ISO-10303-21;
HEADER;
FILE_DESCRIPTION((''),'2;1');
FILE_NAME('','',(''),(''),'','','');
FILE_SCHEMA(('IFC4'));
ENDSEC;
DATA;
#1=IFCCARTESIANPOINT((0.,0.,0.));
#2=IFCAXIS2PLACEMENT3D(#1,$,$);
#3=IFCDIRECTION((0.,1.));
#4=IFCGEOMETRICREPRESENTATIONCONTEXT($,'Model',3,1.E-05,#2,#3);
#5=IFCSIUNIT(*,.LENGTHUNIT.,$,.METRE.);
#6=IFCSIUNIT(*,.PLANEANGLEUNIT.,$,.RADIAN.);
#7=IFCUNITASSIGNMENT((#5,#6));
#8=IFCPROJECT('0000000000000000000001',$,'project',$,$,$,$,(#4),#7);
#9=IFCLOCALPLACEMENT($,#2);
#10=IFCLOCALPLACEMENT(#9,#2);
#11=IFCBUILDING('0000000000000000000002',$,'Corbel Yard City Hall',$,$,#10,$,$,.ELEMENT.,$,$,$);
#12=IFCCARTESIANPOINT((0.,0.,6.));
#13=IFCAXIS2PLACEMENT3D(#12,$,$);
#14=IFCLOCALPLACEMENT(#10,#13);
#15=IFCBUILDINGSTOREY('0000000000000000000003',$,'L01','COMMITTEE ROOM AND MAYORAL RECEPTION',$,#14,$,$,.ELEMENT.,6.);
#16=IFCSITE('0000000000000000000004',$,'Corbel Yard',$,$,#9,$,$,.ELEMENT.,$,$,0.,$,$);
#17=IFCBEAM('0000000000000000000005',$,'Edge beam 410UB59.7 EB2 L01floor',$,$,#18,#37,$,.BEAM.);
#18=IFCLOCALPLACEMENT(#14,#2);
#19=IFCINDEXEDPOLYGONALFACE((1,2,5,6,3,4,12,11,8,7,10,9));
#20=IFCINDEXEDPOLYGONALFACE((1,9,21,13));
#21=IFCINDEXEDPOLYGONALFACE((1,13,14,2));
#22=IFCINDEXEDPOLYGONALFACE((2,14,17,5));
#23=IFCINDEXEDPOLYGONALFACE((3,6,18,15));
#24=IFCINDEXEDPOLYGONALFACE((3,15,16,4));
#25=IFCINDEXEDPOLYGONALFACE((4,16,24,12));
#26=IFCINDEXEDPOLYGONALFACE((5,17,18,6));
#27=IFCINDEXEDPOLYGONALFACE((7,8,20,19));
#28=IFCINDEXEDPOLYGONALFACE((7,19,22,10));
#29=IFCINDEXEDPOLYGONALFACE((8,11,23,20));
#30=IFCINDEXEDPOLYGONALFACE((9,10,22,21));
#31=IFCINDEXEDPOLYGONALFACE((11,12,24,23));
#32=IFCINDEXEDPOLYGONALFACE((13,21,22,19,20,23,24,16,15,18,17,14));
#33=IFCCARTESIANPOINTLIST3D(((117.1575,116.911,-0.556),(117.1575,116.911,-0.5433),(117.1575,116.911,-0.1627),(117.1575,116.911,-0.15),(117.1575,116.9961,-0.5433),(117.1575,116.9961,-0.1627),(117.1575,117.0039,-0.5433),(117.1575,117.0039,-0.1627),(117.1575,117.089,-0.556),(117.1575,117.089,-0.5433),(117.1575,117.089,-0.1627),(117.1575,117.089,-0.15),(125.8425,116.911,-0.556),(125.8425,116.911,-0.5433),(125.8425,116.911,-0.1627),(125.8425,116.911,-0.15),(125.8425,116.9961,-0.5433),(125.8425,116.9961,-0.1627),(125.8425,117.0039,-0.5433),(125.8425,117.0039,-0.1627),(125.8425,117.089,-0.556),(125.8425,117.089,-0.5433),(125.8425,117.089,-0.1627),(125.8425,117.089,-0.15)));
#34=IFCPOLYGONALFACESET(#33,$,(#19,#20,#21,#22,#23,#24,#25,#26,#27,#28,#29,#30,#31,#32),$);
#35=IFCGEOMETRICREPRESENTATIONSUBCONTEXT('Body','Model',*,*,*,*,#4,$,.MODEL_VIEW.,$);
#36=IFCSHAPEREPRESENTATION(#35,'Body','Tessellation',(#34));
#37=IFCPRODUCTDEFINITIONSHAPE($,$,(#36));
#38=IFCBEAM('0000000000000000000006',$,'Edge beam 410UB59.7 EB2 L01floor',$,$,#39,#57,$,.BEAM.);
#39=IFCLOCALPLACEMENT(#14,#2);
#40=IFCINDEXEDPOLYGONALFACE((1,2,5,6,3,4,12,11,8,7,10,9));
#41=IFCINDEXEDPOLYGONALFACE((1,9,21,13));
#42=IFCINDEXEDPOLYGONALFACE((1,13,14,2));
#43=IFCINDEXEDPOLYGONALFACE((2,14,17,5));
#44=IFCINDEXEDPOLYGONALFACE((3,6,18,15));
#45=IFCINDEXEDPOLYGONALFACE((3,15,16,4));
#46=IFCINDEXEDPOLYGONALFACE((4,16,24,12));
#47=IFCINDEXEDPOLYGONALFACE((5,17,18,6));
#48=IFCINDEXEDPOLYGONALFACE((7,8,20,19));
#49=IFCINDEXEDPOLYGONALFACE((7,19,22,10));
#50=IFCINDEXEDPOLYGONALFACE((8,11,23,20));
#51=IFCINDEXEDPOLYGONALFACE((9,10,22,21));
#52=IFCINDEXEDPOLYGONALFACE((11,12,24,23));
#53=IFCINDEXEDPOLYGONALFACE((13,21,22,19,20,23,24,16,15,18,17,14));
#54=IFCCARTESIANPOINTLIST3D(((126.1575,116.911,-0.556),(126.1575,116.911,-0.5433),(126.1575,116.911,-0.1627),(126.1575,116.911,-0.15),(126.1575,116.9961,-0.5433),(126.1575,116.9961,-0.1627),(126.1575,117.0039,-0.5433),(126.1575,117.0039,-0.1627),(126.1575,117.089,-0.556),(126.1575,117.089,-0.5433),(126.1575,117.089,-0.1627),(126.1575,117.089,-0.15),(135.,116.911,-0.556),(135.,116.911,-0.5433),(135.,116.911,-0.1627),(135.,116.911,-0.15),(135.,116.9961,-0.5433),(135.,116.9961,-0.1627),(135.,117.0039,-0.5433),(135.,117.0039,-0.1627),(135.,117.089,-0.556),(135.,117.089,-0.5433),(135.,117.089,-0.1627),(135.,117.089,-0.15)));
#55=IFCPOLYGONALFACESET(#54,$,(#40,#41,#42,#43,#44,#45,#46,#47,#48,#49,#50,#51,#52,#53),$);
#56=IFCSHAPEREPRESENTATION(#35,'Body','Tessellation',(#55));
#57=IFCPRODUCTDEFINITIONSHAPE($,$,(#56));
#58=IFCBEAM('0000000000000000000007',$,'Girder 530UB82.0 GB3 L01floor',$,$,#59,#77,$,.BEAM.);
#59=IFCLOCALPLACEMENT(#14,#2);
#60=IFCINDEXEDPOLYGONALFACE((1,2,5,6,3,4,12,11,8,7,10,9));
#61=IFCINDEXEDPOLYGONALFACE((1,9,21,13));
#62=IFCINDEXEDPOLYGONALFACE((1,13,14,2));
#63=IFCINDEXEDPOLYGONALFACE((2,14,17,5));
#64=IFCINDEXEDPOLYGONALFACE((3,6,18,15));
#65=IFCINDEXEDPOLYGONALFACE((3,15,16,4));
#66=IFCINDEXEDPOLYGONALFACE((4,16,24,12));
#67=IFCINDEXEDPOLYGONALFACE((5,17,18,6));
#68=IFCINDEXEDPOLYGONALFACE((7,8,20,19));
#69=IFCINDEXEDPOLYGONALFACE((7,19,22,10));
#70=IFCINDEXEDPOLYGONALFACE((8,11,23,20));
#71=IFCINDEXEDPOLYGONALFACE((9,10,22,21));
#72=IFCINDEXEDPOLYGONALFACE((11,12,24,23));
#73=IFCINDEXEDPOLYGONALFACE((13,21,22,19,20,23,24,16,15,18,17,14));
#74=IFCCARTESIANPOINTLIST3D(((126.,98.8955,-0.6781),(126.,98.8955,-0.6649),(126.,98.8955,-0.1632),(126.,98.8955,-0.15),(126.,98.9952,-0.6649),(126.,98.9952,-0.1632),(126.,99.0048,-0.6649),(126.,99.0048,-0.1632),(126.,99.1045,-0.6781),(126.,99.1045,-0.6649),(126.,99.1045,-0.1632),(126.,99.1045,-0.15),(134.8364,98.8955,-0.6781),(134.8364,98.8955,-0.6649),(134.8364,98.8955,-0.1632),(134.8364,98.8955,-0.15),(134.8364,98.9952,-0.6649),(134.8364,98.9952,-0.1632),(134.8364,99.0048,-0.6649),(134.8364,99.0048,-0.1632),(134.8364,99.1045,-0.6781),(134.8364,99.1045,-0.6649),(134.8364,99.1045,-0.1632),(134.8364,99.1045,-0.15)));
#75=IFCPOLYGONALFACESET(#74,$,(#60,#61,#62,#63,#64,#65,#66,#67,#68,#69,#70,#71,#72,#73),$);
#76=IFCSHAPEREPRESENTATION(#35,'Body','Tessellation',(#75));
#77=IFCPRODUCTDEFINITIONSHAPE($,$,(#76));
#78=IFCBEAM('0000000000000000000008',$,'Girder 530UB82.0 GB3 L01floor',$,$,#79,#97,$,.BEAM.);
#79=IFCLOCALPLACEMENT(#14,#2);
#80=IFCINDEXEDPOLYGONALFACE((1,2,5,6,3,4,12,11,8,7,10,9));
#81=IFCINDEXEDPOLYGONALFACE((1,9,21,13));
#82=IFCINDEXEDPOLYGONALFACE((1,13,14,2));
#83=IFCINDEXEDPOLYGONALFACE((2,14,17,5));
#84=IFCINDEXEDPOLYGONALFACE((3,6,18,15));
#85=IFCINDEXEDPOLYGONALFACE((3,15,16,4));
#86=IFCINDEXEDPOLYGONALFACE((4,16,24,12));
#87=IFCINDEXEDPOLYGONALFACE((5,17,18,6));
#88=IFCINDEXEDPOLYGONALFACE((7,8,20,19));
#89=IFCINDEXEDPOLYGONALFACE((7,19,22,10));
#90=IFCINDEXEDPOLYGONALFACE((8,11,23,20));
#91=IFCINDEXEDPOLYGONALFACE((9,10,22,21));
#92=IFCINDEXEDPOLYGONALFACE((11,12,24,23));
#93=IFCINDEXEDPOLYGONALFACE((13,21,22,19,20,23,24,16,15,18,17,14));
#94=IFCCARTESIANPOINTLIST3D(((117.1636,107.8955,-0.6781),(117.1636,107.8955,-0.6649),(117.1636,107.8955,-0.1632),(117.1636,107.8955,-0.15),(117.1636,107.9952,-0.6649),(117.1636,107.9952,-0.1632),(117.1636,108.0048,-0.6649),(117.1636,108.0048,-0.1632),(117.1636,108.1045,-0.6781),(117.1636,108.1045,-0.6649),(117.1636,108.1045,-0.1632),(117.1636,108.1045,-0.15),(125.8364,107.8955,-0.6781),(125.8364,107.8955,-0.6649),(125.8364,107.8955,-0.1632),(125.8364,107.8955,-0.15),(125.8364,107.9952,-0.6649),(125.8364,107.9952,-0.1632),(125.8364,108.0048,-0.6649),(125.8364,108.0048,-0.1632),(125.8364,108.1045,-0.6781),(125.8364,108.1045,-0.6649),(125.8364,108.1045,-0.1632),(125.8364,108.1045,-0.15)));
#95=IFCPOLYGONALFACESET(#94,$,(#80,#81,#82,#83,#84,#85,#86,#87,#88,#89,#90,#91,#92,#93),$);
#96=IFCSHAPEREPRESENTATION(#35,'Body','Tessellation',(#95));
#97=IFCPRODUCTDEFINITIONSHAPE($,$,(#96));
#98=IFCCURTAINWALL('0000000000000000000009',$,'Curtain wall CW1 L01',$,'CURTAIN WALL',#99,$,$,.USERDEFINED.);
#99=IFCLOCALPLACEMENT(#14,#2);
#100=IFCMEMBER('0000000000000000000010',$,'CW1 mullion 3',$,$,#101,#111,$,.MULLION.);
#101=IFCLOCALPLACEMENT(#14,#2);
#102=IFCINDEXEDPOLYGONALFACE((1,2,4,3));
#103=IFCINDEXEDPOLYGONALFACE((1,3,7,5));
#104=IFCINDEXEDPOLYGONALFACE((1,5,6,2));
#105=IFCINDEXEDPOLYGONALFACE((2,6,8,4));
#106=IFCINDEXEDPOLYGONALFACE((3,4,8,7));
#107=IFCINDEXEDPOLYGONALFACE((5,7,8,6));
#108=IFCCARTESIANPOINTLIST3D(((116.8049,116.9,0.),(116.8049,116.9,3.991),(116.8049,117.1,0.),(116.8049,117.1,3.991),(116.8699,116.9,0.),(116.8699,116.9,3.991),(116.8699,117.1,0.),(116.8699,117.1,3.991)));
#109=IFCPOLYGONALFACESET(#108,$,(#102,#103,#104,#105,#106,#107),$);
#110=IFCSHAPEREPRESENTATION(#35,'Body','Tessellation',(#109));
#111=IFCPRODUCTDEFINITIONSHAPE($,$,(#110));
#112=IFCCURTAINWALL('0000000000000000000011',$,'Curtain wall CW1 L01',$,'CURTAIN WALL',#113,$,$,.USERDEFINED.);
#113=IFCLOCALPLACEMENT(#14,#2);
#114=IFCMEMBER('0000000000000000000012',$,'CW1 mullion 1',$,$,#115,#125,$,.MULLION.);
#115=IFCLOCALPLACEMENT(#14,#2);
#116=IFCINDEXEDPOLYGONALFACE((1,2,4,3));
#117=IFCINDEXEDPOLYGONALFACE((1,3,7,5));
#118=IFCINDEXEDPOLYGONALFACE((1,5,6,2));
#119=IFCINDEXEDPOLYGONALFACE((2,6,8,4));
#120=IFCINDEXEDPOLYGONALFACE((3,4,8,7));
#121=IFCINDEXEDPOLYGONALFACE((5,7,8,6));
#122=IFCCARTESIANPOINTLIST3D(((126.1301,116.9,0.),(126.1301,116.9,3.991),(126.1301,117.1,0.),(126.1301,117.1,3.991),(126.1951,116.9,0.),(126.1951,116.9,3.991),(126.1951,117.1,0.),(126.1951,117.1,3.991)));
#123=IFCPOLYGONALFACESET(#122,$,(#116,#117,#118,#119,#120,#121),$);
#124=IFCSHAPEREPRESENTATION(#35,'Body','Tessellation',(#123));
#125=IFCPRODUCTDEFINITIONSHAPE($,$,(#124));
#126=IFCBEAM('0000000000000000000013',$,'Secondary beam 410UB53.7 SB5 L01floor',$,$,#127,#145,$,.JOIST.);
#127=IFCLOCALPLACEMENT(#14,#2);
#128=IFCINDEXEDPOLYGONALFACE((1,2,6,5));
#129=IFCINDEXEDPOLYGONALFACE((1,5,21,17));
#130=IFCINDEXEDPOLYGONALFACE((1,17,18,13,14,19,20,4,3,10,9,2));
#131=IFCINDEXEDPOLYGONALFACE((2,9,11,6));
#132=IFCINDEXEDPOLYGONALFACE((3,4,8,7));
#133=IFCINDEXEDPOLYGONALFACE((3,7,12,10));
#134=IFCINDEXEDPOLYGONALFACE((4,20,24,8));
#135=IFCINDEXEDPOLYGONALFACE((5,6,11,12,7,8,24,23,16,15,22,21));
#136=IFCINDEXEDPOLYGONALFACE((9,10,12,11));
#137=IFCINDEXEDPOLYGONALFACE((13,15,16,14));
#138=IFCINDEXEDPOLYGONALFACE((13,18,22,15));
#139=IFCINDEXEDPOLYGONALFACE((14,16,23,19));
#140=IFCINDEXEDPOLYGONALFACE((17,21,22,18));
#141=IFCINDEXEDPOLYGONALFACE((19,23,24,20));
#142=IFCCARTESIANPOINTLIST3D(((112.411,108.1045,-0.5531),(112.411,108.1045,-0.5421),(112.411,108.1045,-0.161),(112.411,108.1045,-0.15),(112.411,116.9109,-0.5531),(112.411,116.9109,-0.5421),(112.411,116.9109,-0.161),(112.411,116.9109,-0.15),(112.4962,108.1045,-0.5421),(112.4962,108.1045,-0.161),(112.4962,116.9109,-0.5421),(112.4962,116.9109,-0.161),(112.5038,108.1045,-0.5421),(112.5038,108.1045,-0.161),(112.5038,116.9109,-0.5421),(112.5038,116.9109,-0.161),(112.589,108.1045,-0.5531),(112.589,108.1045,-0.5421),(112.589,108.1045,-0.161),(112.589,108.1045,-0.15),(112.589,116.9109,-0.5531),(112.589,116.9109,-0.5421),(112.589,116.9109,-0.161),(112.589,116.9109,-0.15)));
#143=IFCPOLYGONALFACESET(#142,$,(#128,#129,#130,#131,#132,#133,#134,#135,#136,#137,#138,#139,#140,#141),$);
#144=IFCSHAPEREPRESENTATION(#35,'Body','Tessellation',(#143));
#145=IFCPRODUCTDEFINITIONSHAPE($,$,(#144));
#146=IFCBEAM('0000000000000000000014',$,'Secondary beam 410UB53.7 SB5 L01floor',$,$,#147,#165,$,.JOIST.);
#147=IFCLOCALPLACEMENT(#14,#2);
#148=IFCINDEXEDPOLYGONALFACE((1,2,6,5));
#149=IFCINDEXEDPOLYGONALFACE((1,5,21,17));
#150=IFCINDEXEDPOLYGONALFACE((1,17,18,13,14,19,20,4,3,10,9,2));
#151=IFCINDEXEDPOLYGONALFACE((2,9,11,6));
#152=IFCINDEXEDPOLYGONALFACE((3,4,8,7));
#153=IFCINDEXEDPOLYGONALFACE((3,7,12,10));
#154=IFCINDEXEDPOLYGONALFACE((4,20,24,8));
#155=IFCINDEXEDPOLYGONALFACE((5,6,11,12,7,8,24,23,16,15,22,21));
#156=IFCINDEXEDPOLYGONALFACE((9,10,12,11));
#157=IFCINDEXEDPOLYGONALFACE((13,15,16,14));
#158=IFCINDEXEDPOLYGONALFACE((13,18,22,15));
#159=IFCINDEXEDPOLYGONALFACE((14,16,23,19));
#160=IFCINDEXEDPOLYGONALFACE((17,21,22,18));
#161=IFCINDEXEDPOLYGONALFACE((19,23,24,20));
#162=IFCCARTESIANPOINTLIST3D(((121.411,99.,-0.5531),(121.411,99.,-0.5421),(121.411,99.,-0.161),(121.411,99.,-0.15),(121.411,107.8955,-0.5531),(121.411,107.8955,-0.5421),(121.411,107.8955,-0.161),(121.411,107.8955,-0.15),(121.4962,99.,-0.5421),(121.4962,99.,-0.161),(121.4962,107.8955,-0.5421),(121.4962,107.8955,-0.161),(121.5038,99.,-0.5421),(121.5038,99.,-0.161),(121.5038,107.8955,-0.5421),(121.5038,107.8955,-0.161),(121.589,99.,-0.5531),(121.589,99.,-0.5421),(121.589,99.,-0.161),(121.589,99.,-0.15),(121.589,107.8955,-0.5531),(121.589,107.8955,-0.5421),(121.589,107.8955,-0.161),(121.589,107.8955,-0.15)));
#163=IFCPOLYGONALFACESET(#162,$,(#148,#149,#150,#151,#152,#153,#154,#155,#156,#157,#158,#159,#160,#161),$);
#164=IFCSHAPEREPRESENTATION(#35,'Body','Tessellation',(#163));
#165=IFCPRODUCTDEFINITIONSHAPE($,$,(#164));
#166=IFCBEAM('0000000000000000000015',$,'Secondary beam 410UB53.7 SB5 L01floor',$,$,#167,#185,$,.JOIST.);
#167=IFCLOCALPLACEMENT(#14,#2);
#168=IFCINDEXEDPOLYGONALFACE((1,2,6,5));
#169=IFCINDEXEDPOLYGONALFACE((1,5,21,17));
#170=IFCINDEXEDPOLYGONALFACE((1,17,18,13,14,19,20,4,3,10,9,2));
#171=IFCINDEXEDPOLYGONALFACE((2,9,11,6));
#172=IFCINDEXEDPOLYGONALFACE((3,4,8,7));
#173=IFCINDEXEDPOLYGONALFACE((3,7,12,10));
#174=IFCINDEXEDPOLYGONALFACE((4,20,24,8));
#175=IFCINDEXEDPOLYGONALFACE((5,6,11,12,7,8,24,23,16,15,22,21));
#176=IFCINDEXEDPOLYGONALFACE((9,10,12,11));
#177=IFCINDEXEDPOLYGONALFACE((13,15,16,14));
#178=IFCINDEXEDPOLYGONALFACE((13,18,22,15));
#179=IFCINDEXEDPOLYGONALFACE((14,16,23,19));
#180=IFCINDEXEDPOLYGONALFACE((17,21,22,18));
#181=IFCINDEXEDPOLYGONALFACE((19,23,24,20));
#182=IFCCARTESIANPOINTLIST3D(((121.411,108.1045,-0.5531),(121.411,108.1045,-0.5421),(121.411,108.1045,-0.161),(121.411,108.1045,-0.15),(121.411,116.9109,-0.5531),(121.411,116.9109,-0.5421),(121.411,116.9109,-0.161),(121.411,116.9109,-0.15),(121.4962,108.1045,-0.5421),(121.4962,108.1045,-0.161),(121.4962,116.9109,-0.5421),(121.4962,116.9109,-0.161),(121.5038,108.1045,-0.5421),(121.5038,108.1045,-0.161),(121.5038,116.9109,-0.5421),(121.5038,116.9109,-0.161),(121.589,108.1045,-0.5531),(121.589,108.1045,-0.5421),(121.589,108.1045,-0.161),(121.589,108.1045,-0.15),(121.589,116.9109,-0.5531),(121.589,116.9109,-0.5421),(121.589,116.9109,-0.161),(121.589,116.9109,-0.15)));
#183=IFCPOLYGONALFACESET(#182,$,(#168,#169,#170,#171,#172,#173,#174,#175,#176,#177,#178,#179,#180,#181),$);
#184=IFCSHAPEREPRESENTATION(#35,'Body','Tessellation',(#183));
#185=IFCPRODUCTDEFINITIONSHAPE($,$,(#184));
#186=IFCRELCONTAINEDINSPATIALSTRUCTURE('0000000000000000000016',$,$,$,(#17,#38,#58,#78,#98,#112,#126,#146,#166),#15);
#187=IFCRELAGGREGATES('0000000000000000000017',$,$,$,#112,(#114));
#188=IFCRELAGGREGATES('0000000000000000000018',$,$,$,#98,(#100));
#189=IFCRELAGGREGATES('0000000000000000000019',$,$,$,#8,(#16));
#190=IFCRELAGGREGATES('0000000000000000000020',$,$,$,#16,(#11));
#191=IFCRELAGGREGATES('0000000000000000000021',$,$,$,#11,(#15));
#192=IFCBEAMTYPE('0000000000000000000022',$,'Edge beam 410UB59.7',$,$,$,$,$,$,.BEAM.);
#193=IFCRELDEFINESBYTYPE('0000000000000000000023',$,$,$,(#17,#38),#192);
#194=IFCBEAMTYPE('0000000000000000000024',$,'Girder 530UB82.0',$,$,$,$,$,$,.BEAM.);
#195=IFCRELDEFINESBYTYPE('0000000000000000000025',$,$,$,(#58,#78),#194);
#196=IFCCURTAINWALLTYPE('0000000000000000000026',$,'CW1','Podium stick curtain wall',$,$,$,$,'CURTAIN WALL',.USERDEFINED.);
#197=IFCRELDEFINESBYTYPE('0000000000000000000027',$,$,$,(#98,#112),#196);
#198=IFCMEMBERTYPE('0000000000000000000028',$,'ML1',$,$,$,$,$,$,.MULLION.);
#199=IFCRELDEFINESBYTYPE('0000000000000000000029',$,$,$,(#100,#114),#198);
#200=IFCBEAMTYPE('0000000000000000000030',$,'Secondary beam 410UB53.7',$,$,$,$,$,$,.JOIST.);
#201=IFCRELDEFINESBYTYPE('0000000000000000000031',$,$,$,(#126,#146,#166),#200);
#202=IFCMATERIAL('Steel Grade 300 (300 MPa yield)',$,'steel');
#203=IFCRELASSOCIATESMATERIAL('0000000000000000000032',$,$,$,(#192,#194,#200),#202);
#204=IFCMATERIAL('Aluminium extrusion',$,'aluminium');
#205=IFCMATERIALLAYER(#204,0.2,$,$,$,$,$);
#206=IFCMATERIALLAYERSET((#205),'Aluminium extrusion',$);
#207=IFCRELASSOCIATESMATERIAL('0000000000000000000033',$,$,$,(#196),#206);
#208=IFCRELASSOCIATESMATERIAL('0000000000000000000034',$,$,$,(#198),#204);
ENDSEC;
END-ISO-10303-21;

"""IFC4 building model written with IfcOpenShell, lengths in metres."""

from ifc_helpers import new_model, si_unit, direction, frame, origin, origin_2d, place, context, subcontext, project, spatial, rectangle, i_section, extrude, material, layer, layer_set, material_profile, profile_set, type_object, element, aggregate, save


model = new_model("IFC4")

# Units and contexts
model_context = context("Model", 3, precision=1e-05, world=origin(), true_north=direction((0.0, 1.0)))
body_context = subcontext(model_context, "Body", "Model", "MODEL_VIEW")
ifc_project = project(units=[si_unit("LENGTHUNIT", "METRE"), si_unit("PLANEANGLEUNIT", "RADIAN")], contexts=[model_context])

# Site, building, storey
site_placement = place(None, origin())
site = spatial("IfcSite", under=ifc_project, at=site_placement, Name="Corbel Yard", CompositionType="ELEMENT", RefElevation=0.0)
building_placement = place(site_placement, origin())
building = spatial("IfcBuilding", under=site, at=building_placement, Name="Corbel Yard City Hall", CompositionType="ELEMENT")
storey_placement = place(building_placement, frame((0.0, 0.0, 6.0)))
storey = spatial("IfcBuildingStorey", under=building, at=storey_placement, Name="L01", Description="COMMITTEE ROOM AND MAYORAL RECEPTION", CompositionType="ELEMENT", Elevation=6.0)

# Shared definitions
ifc_material_1 = material(Name="Steel Grade 300 (300 MPa yield)", Category="steel")

# Beams
ifc_material_profile_1 = material_profile(ifc_material_1, i_section(OverallWidth=0.178, OverallDepth=0.406, WebThickness=0.0078, FlangeThickness=0.0127, at=origin_2d()), Name="410UB59.7")
ifc_profile_set_1 = profile_set([ifc_material_profile_1], Name="Steel Grade 300 (300 MPa yield)")
beam_type_1 = type_object("IfcBeamType", Name="Edge beam 410UB59.7", PredefinedType="BEAM", material=ifc_profile_set_1)
beam_1_placement = place(storey_placement, frame((117.1575, 117.0, -0.353), z_axis=(1.0, 0.0, 0.0), x_axis=(0.0, 1.0, 0.0)))
element("IfcBeam", 1, at=beam_1_placement, inside=storey, type_object=beam_type_1, Name="Edge beam 410UB59.7 EB2 L01floor", PredefinedType="BEAM", context=body_context, shape_type="SweptSolid", body=[
    extrude(i_section(OverallWidth=0.178, OverallDepth=0.406, WebThickness=0.0078, FlangeThickness=0.0127, at=origin_2d()), origin(), (0.0, 0.0, 1.0), 8.6851),
])
beam_2_placement = place(storey_placement, frame((126.1575, 117.0, -0.353), z_axis=(1.0, 0.0, 0.0), x_axis=(0.0, 1.0, 0.0)))
element("IfcBeam", 2, at=beam_2_placement, inside=storey, type_object=beam_type_1, Name="Edge beam 410UB59.7 EB2 L01floor", PredefinedType="BEAM", context=body_context, shape_type="SweptSolid", body=[
    extrude(i_section(OverallWidth=0.178, OverallDepth=0.406, WebThickness=0.0078, FlangeThickness=0.0127, at=origin_2d()), origin(), (0.0, 0.0, 1.0), 8.8425),
])
ifc_material_profile_2 = material_profile(ifc_material_1, i_section(OverallWidth=0.209, OverallDepth=0.5281, WebThickness=0.0095, FlangeThickness=0.0132, at=origin_2d()), Name="530UB82.0")
ifc_profile_set_2 = profile_set([ifc_material_profile_2], Name="Steel Grade 300 (300 MPa yield)")
beam_type_2 = type_object("IfcBeamType", Name="Girder 530UB82.0", PredefinedType="BEAM", material=ifc_profile_set_2)
beam_3_placement = place(storey_placement, frame((126.0, 99.0, -0.4141), z_axis=(1.0, 0.0, 0.0), x_axis=(0.0, 1.0, 0.0)))
element("IfcBeam", 3, at=beam_3_placement, inside=storey, type_object=beam_type_2, Name="Girder 530UB82.0 GB3 L01floor", PredefinedType="BEAM", context=body_context, shape_type="SweptSolid", body=[
    extrude(i_section(OverallWidth=0.209, OverallDepth=0.5281, WebThickness=0.0095, FlangeThickness=0.0132, at=origin_2d()), origin(), (0.0, 0.0, 1.0), 8.8364),
])
beam_4_placement = place(storey_placement, frame((117.1636, 108.0, -0.4141), z_axis=(1.0, 0.0, 0.0), x_axis=(0.0, 1.0, 0.0)))
element("IfcBeam", 4, at=beam_4_placement, inside=storey, type_object=beam_type_2, Name="Girder 530UB82.0 GB3 L01floor", PredefinedType="BEAM", context=body_context, shape_type="SweptSolid", body=[
    extrude(i_section(OverallWidth=0.209, OverallDepth=0.5281, WebThickness=0.0095, FlangeThickness=0.0132, at=origin_2d()), origin(), (0.0, 0.0, 1.0), 8.6729),
])

# Curtain walls, members
ifc_material_2 = material(Name="Aluminium extrusion", Category="aluminium")
ifc_layer_1 = layer(ifc_material_2, 0.2)
ifc_layer_set_1 = layer_set([ifc_layer_1], Name="Aluminium extrusion")
curtain_wall_type = type_object("IfcCurtainWallType", Name="CW1", Description="Podium stick curtain wall", ElementType="CURTAIN WALL", PredefinedType="USERDEFINED", material=ifc_layer_set_1)
curtain_wall_1_placement = place(storey_placement, origin())
curtain_wall_1 = element("IfcCurtainWall", 5, at=curtain_wall_1_placement, inside=storey, type_object=curtain_wall_type, Name="Curtain wall CW1 L01", ObjectType="CURTAIN WALL", PredefinedType="USERDEFINED")
ifc_material_profile_3 = material_profile(ifc_material_2, rectangle(XDim=0.2, YDim=0.0649, at=origin_2d()), Name="200x65")
ifc_profile_set_3 = profile_set([ifc_material_profile_3], Name="Aluminium extrusion")
member_type = type_object("IfcMemberType", Name="ML1", PredefinedType="MULLION", material=ifc_profile_set_3)
member_1_placement = place(storey_placement, frame((116.8374, 117.0, 0.0), z_axis=(0.0, 0.0, 1.0), x_axis=(0.0, 1.0, 0.0)))
member_1 = element("IfcMember", 6, at=member_1_placement, type_object=member_type, Name="CW1 mullion 3", PredefinedType="MULLION", context=body_context, shape_type="SweptSolid", body=[
    extrude(rectangle(XDim=0.2, YDim=0.0649, at=origin_2d()), origin(), (0.0, 0.0, 1.0), 3.991),
])
curtain_wall_2_placement = place(storey_placement, origin())
curtain_wall_2 = element("IfcCurtainWall", 7, at=curtain_wall_2_placement, inside=storey, type_object=curtain_wall_type, Name="Curtain wall CW1 L01", ObjectType="CURTAIN WALL", PredefinedType="USERDEFINED")
member_2_placement = place(storey_placement, frame((126.1626, 117.0, 0.0), z_axis=(0.0, 0.0, 1.0), x_axis=(0.0, 1.0, 0.0)))
member_2 = element("IfcMember", 8, at=member_2_placement, type_object=member_type, Name="CW1 mullion 1", PredefinedType="MULLION", context=body_context, shape_type="SweptSolid", body=[
    extrude(rectangle(XDim=0.2, YDim=0.0649, at=origin_2d()), origin(), (0.0, 0.0, 1.0), 3.991),
])
aggregate(curtain_wall_2, [member_2])

# Beams
ifc_material_profile_4 = material_profile(ifc_material_1, i_section(OverallWidth=0.178, OverallDepth=0.4031, WebThickness=0.0076, FlangeThickness=0.011, at=origin_2d()), Name="410UB53.7")
ifc_profile_set_4 = profile_set([ifc_material_profile_4], Name="Steel Grade 300 (300 MPa yield)")
beam_type_3 = type_object("IfcBeamType", Name="Secondary beam 410UB53.7", PredefinedType="JOIST", material=ifc_profile_set_4)
beam_5_placement = place(storey_placement, frame((112.5, 108.1045, -0.3516), z_axis=(0.0, 1.0, 0.0), x_axis=(-1.0, 0.0, 0.0)))
element("IfcBeam", 9, at=beam_5_placement, inside=storey, type_object=beam_type_3, Name="Secondary beam 410UB53.7 SB5 L01floor", PredefinedType="JOIST", context=body_context, shape_type="SweptSolid", body=[
    extrude(i_section(OverallWidth=0.178, OverallDepth=0.4031, WebThickness=0.0076, FlangeThickness=0.011, at=origin_2d()), origin(), (0.0, 0.0, 1.0), 8.8064),
])
beam_6_placement = place(storey_placement, frame((121.5, 99.0, -0.3516), z_axis=(0.0, 1.0, 0.0), x_axis=(-1.0, 0.0, 0.0)))
element("IfcBeam", 10, at=beam_6_placement, inside=storey, type_object=beam_type_3, Name="Secondary beam 410UB53.7 SB5 L01floor", PredefinedType="JOIST", context=body_context, shape_type="SweptSolid", body=[
    extrude(i_section(OverallWidth=0.178, OverallDepth=0.4031, WebThickness=0.0076, FlangeThickness=0.011, at=origin_2d()), origin(), (0.0, 0.0, 1.0), 8.8955),
])
beam_7_placement = place(storey_placement, frame((121.5, 108.1045, -0.3516), z_axis=(0.0, 1.0, 0.0), x_axis=(-1.0, 0.0, 0.0)))
element("IfcBeam", 11, at=beam_7_placement, inside=storey, type_object=beam_type_3, Name="Secondary beam 410UB53.7 SB5 L01floor", PredefinedType="JOIST", context=body_context, shape_type="SweptSolid", body=[
    extrude(i_section(OverallWidth=0.178, OverallDepth=0.4031, WebThickness=0.0076, FlangeThickness=0.011, at=origin_2d()), origin(), (0.0, 0.0, 1.0), 8.8064),
])

aggregate(curtain_wall_1, [member_1])

save(model, "model.ifc")
